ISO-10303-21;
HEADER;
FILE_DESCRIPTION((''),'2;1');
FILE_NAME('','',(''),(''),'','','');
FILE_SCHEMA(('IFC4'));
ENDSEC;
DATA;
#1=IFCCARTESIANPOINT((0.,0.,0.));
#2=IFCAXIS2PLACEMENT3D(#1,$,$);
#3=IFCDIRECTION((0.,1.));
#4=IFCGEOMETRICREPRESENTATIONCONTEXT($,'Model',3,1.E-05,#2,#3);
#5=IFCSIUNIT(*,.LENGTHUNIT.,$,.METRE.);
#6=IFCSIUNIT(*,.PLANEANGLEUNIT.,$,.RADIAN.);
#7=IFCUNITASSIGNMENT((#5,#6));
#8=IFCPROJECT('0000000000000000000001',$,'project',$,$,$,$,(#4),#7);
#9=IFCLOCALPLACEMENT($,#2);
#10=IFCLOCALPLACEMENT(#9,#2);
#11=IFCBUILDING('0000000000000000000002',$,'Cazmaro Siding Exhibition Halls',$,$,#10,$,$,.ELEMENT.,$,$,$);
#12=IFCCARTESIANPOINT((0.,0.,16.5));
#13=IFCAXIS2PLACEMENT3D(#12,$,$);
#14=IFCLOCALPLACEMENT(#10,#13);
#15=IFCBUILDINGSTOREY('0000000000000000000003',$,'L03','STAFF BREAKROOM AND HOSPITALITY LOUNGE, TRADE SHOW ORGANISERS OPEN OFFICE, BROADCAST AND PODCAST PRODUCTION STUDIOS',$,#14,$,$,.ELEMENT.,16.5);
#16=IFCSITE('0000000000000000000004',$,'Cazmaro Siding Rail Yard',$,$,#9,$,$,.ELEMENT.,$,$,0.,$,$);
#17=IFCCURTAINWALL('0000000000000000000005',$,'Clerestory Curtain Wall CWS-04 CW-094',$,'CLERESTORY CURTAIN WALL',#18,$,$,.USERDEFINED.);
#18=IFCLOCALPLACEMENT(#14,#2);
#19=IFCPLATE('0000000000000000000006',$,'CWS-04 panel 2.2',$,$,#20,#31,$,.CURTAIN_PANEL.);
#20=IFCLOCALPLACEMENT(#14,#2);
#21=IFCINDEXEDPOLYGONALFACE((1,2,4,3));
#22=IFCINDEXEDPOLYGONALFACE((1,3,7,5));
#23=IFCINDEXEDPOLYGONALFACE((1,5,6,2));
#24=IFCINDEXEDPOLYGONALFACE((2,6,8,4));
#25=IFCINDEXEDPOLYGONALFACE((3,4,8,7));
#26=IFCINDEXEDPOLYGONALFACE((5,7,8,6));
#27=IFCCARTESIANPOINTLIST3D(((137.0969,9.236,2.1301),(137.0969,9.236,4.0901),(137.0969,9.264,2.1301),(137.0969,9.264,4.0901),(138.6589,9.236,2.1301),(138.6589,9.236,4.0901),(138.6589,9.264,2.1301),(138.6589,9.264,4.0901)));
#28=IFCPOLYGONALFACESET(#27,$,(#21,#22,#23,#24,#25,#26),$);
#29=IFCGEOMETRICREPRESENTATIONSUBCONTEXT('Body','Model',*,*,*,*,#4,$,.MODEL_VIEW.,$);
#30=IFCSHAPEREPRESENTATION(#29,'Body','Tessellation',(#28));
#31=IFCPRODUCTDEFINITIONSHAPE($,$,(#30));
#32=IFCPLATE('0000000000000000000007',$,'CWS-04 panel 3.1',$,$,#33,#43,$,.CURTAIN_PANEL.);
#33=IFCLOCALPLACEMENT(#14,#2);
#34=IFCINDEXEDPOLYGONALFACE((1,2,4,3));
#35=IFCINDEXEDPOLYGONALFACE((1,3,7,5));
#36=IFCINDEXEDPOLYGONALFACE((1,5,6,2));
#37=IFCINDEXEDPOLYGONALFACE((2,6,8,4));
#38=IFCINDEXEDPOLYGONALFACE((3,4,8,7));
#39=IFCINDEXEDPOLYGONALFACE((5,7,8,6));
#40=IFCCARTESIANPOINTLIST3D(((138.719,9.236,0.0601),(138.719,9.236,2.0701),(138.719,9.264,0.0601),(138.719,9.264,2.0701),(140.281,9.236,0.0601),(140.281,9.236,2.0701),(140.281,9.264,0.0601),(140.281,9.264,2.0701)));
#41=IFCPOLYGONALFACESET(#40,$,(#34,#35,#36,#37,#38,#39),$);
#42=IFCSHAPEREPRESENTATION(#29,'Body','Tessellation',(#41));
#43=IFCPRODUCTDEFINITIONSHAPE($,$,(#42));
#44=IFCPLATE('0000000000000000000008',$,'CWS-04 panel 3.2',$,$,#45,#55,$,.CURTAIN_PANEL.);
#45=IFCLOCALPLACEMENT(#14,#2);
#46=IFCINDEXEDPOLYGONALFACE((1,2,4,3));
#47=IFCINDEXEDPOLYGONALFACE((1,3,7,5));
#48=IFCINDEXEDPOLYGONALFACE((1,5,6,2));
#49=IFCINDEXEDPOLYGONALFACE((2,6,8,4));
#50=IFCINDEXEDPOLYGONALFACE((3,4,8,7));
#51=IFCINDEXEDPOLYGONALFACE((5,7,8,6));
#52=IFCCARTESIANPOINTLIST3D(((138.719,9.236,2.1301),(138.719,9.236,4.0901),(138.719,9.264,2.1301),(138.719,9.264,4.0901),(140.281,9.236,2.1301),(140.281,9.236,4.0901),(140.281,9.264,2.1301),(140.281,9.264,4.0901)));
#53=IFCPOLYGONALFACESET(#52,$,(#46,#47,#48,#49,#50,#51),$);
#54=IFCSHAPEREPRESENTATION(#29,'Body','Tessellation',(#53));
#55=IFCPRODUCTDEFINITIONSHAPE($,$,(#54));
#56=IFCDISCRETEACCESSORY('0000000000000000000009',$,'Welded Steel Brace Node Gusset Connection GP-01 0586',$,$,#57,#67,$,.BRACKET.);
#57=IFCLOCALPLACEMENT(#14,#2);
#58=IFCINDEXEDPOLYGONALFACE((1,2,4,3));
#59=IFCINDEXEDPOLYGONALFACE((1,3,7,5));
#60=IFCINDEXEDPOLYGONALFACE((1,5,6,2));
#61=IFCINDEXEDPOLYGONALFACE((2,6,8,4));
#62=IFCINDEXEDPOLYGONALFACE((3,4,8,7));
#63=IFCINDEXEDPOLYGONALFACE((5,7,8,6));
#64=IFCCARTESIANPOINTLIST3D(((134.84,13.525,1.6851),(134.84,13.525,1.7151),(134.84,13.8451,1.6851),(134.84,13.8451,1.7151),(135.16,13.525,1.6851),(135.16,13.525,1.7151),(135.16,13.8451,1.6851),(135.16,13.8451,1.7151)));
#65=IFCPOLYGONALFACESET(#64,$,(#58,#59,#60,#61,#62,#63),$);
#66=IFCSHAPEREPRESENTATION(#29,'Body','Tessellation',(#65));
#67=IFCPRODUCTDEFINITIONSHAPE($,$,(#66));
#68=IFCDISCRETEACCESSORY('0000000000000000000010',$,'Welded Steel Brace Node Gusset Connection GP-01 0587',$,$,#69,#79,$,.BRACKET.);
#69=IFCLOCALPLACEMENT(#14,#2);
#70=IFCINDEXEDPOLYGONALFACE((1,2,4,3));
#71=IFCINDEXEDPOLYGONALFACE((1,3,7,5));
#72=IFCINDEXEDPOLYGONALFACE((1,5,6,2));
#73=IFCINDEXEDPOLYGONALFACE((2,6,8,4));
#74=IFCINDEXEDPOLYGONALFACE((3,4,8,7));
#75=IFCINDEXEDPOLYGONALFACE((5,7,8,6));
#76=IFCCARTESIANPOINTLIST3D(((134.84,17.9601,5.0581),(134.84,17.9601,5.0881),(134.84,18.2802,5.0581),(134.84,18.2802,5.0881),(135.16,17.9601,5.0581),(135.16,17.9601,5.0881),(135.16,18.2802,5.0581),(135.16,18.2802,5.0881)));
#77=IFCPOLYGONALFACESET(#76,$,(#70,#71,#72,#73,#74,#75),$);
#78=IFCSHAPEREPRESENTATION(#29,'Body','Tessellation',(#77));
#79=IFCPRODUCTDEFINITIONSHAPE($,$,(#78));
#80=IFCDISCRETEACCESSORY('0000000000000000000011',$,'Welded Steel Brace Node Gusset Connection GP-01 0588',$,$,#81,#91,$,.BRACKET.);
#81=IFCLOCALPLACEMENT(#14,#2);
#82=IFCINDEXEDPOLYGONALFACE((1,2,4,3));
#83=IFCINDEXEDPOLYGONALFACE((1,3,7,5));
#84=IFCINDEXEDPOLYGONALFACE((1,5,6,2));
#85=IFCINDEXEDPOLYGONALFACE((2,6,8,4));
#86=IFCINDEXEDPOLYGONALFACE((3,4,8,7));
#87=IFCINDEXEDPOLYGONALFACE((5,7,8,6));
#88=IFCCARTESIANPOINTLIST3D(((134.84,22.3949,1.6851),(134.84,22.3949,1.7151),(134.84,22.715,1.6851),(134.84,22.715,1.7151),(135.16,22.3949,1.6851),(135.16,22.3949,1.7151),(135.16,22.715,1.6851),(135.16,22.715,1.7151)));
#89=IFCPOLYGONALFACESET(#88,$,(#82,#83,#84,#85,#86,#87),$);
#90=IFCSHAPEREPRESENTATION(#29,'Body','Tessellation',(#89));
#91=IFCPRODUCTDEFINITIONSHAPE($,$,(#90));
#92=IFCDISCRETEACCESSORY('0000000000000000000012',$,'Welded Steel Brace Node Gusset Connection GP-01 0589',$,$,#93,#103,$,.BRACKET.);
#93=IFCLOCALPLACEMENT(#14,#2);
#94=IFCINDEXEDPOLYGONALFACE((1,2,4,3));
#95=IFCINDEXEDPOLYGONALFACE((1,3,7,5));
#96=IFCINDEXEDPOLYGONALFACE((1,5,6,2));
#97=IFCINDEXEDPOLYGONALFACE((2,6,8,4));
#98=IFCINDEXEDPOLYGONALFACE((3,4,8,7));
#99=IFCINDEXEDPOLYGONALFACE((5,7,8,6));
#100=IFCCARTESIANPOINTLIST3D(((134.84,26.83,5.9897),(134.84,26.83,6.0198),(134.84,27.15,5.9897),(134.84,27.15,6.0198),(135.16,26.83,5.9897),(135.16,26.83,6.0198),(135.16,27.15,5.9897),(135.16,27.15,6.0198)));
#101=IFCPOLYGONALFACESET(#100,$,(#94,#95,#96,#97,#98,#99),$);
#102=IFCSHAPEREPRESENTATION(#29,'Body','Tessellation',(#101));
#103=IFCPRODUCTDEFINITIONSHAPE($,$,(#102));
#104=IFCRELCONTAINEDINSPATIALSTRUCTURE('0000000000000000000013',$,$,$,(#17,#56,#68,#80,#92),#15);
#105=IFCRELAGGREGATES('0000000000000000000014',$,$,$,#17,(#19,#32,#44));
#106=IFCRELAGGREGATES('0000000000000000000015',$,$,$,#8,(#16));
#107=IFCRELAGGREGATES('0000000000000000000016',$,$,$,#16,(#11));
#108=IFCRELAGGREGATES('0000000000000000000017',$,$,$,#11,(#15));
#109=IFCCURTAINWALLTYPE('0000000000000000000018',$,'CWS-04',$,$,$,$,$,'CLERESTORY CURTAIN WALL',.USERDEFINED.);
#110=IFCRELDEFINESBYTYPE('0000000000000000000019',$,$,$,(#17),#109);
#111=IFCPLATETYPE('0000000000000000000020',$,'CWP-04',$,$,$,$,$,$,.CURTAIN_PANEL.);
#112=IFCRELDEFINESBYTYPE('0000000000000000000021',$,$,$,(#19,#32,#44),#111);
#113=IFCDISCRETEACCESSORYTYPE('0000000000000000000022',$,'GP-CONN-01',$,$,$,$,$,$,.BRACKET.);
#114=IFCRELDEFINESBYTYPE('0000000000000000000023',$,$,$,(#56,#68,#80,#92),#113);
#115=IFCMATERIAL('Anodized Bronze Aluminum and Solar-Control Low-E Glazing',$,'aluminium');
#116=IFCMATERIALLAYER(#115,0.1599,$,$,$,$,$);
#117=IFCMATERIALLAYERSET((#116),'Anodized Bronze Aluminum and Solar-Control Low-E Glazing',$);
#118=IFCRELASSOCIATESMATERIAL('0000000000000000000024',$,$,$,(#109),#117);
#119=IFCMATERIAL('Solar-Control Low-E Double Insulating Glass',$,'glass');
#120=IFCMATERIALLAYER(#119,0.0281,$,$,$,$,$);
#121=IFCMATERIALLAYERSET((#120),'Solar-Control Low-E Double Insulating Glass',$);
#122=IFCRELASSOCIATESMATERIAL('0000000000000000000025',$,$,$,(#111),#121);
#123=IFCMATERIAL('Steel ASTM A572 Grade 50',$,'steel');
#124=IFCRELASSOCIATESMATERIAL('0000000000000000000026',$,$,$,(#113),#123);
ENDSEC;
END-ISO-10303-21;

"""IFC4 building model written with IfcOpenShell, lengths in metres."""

from ifc_helpers import new_model, si_unit, direction, frame, origin, origin_2d, place, context, subcontext, project, spatial, rectangle, extrude, material, layer, layer_set, type_object, element, aggregate, save


model = new_model("IFC4")

# Units and contexts
model_context = context("Model", 3, precision=1e-05, world=origin(), true_north=direction((0.0, 1.0)))
body_context = subcontext(model_context, "Body", "Model", "MODEL_VIEW")
ifc_project = project(units=[si_unit("LENGTHUNIT", "METRE"), si_unit("PLANEANGLEUNIT", "RADIAN")], contexts=[model_context])

# Site, building, storey
site_placement = place(None, origin())
site = spatial("IfcSite", under=ifc_project, at=site_placement, Name="Cazmaro Siding Rail Yard", CompositionType="ELEMENT", RefElevation=0.0)
building_placement = place(site_placement, origin())
building = spatial("IfcBuilding", under=site, at=building_placement, Name="Cazmaro Siding Exhibition Halls", CompositionType="ELEMENT")
storey_placement = place(building_placement, frame((0.0, 0.0, 16.5)))
storey = spatial("IfcBuildingStorey", under=building, at=storey_placement, Name="L03", Description="STAFF BREAKROOM AND HOSPITALITY LOUNGE, TRADE SHOW ORGANISERS OPEN OFFICE, BROADCAST AND PODCAST PRODUCTION STUDIOS", CompositionType="ELEMENT", Elevation=16.5)

# Curtain wall
ifc_material_1 = material(Name="Anodized Bronze Aluminum and Solar-Control Low-E Glazing", Category="aluminium")
ifc_layer_1 = layer(ifc_material_1, 0.1599)
ifc_layer_set_1 = layer_set([ifc_layer_1], Name="Anodized Bronze Aluminum and Solar-Control Low-E Glazing")
curtain_wall_type = type_object("IfcCurtainWallType", Name="CWS-04", ElementType="CLERESTORY CURTAIN WALL", PredefinedType="USERDEFINED", material=ifc_layer_set_1)
curtain_wall_placement = place(storey_placement, origin())
curtain_wall = element("IfcCurtainWall", 1, at=curtain_wall_placement, inside=storey, type_object=curtain_wall_type, Name="Clerestory Curtain Wall CWS-04 CW-094", ObjectType="CLERESTORY CURTAIN WALL", PredefinedType="USERDEFINED")

# Plates
ifc_material_2 = material(Name="Solar-Control Low-E Double Insulating Glass", Category="glass")
ifc_layer_2 = layer(ifc_material_2, 0.0281)
ifc_layer_set_2 = layer_set([ifc_layer_2], Name="Solar-Control Low-E Double Insulating Glass")
plate_type = type_object("IfcPlateType", Name="CWP-04", PredefinedType="CURTAIN_PANEL", material=ifc_layer_set_2)
plate_1_placement = place(storey_placement, frame((137.8779, 9.25, 2.1301), z_axis=(0.0, 0.0, 1.0), x_axis=(1.0, 0.0, 0.0)))
plate_1 = element("IfcPlate", 2, at=plate_1_placement, type_object=plate_type, Name="CWS-04 panel 2.2", PredefinedType="CURTAIN_PANEL", context=body_context, shape_type="SweptSolid", body=[
    extrude(rectangle(XDim=1.562, YDim=0.0281, at=origin_2d()), origin(), (0.0, 0.0, 1.0), 1.96),
])
plate_2_placement = place(storey_placement, frame((139.5, 9.25, 0.0601), z_axis=(0.0, 0.0, 1.0), x_axis=(1.0, 0.0, 0.0)))
plate_2 = element("IfcPlate", 3, at=plate_2_placement, type_object=plate_type, Name="CWS-04 panel 3.1", PredefinedType="CURTAIN_PANEL", context=body_context, shape_type="SweptSolid", body=[
    extrude(rectangle(XDim=1.562, YDim=0.0281, at=origin_2d()), origin(), (0.0, 0.0, 1.0), 2.01),
])
plate_3_placement = place(storey_placement, frame((139.5, 9.25, 2.1301), z_axis=(0.0, 0.0, 1.0), x_axis=(1.0, 0.0, 0.0)))
plate_3 = element("IfcPlate", 4, at=plate_3_placement, type_object=plate_type, Name="CWS-04 panel 3.2", PredefinedType="CURTAIN_PANEL", context=body_context, shape_type="SweptSolid", body=[
    extrude(rectangle(XDim=1.562, YDim=0.0281, at=origin_2d()), origin(), (0.0, 0.0, 1.0), 1.96),
])
aggregate(curtain_wall, [plate_1, plate_2, plate_3])

# Discrete accessories
ifc_material_3 = material(Name="Steel ASTM A572 Grade 50", Category="steel")
discrete_accessory_type = type_object("IfcDiscreteAccessoryType", Name="GP-CONN-01", PredefinedType="BRACKET", material=ifc_material_3)
for number, where, z_axis, x_axis, name in (
    (5, (135.0, 13.6851, 1.6851), (0.0, 0.0, 1.0), (1.0, 0.0, 0.0), "Welded Steel Brace Node Gusset Connection GP-01 0586"),
    (6, (135.0, 18.1201, 5.0581), (0.0, 0.0, 1.0), (1.0, 0.0, 0.0), "Welded Steel Brace Node Gusset Connection GP-01 0587"),
    (7, (135.0, 22.5549, 1.6851), (0.0, 0.0, 1.0), (1.0, 0.0, 0.0), "Welded Steel Brace Node Gusset Connection GP-01 0588"),
    (8, (135.0, 26.99, 5.9897), (0.0, 0.0, 1.0), (1.0, 0.0, 0.0), "Welded Steel Brace Node Gusset Connection GP-01 0589"),
):
    element("IfcDiscreteAccessory", number, at=place(storey_placement, frame(where, z_axis=z_axis, x_axis=x_axis)), inside=storey, type_object=discrete_accessory_type, Name=name, PredefinedType="BRACKET", context=body_context, shape_type="SweptSolid", body=[
        extrude(rectangle(XDim=0.3201, YDim=0.3201, at=origin_2d()), origin(), (0.0, 0.0, 1.0), 0.03),
    ])

save(model, "model.ifc")
